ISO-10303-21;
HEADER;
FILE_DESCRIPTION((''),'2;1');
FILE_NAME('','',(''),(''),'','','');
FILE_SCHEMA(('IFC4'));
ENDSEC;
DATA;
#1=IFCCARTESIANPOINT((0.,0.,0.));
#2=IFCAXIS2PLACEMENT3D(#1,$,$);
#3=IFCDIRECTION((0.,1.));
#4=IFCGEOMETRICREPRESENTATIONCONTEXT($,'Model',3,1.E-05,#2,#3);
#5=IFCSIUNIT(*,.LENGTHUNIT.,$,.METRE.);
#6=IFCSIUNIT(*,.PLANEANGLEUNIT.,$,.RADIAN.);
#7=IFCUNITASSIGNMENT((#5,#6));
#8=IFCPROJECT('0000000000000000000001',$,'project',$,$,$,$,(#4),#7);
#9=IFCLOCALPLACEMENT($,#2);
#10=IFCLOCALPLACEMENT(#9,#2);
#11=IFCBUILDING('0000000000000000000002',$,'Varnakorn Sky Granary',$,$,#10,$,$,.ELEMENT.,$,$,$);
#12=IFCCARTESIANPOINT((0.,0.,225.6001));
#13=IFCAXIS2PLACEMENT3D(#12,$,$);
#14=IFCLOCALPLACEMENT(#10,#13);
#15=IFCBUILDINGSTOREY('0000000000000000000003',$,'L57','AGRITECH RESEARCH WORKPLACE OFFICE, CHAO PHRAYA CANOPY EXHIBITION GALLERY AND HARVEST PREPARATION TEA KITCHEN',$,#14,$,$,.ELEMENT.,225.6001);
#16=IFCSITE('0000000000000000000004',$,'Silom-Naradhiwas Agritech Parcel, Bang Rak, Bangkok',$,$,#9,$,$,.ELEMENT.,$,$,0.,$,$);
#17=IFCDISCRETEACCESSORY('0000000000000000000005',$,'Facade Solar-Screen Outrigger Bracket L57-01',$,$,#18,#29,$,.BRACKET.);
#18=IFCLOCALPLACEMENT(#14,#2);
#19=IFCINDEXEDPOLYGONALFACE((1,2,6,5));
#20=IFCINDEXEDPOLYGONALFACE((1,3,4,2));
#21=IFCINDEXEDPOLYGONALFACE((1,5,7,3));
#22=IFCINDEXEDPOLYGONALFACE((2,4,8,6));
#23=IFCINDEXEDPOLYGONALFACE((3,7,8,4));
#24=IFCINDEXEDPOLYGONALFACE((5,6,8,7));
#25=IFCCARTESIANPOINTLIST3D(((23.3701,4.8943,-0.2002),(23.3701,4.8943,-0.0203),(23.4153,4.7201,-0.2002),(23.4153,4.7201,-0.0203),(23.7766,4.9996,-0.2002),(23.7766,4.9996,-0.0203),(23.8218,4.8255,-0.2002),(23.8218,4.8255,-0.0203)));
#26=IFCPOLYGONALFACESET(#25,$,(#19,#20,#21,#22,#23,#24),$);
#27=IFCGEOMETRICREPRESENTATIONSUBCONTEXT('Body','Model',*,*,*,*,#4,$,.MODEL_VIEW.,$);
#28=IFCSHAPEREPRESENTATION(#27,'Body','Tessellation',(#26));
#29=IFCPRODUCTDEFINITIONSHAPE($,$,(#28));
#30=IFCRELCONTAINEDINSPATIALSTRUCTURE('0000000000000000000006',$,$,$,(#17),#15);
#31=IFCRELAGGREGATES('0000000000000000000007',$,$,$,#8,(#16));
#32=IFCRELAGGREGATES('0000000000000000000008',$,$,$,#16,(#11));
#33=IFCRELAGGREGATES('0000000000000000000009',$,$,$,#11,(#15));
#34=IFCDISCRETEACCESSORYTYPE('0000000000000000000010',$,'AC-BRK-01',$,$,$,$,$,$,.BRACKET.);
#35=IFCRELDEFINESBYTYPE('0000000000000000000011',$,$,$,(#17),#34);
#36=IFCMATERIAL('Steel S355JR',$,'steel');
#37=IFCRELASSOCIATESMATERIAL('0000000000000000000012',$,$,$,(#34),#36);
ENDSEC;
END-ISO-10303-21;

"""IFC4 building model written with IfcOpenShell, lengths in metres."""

from ifc_helpers import new_model, si_unit, direction, frame, origin, origin_2d, place, context, subcontext, project, spatial, rectangle, extrude, source, transform, mapped, material, type_object, type_shapes, element, save


model = new_model("IFC4")

# Units and contexts
model_context = context("Model", 3, precision=1e-05, world=origin(), true_north=direction((0.0, 1.0)))
body_context = subcontext(model_context, "Body", "Model", "MODEL_VIEW")
ifc_project = project(units=[si_unit("LENGTHUNIT", "METRE"), si_unit("PLANEANGLEUNIT", "RADIAN")], contexts=[model_context])

# Site, building, storey
site_placement = place(None, origin())
site = spatial("IfcSite", under=ifc_project, at=site_placement, Name="Silom-Naradhiwas Agritech Parcel, Bang Rak, Bangkok", CompositionType="ELEMENT", RefElevation=0.0)
building_placement = place(site_placement, origin())
building = spatial("IfcBuilding", under=site, at=building_placement, Name="Varnakorn Sky Granary", CompositionType="ELEMENT")
storey_placement = place(building_placement, frame((0.0, 0.0, 225.6001)))
storey = spatial("IfcBuildingStorey", under=building, at=storey_placement, Name="L57", Description="AGRITECH RESEARCH WORKPLACE OFFICE, CHAO PHRAYA CANOPY EXHIBITION GALLERY AND HARVEST PREPARATION TEA KITCHEN", CompositionType="ELEMENT", Elevation=225.6001)

# Discrete accessory
ifc_material_1 = material(Name="Steel S355JR", Category="steel")
discrete_accessory_type = type_object("IfcDiscreteAccessoryType", Name="AC-BRK-01", PredefinedType="BRACKET", material=ifc_material_1)
shared_shape_1 = source(origin(), body_context, "Body", "SweptSolid", [
    extrude(rectangle(XDim=0.1799, YDim=0.4199, at=origin_2d()), origin(), (0.0, 0.0, 1.0), 0.1799),
])
type_shapes(discrete_accessory_type, [shared_shape_1])
discrete_accessory_placement = place(storey_placement, frame((23.5959, 4.8599, -0.2002), z_axis=(0.0, 0.0, 1.0), x_axis=(-0.250955, 0.967999, 0.0)))
element("IfcDiscreteAccessory", 1, at=discrete_accessory_placement, inside=storey, type_object=discrete_accessory_type, Name="Facade Solar-Screen Outrigger Bracket L57-01", PredefinedType="BRACKET", context=body_context, shape_type="MappedRepresentation", body=[
    mapped(shared_shape_1, transform((0.0, 0.0, 0.0), x_axis=(1.0, 0.0, 0.0), y_axis=(0.0, 1.0, 0.0), z_axis=(0.0, 0.0, 1.0), scale=1.0)),
])

save(model, "model.ifc")
